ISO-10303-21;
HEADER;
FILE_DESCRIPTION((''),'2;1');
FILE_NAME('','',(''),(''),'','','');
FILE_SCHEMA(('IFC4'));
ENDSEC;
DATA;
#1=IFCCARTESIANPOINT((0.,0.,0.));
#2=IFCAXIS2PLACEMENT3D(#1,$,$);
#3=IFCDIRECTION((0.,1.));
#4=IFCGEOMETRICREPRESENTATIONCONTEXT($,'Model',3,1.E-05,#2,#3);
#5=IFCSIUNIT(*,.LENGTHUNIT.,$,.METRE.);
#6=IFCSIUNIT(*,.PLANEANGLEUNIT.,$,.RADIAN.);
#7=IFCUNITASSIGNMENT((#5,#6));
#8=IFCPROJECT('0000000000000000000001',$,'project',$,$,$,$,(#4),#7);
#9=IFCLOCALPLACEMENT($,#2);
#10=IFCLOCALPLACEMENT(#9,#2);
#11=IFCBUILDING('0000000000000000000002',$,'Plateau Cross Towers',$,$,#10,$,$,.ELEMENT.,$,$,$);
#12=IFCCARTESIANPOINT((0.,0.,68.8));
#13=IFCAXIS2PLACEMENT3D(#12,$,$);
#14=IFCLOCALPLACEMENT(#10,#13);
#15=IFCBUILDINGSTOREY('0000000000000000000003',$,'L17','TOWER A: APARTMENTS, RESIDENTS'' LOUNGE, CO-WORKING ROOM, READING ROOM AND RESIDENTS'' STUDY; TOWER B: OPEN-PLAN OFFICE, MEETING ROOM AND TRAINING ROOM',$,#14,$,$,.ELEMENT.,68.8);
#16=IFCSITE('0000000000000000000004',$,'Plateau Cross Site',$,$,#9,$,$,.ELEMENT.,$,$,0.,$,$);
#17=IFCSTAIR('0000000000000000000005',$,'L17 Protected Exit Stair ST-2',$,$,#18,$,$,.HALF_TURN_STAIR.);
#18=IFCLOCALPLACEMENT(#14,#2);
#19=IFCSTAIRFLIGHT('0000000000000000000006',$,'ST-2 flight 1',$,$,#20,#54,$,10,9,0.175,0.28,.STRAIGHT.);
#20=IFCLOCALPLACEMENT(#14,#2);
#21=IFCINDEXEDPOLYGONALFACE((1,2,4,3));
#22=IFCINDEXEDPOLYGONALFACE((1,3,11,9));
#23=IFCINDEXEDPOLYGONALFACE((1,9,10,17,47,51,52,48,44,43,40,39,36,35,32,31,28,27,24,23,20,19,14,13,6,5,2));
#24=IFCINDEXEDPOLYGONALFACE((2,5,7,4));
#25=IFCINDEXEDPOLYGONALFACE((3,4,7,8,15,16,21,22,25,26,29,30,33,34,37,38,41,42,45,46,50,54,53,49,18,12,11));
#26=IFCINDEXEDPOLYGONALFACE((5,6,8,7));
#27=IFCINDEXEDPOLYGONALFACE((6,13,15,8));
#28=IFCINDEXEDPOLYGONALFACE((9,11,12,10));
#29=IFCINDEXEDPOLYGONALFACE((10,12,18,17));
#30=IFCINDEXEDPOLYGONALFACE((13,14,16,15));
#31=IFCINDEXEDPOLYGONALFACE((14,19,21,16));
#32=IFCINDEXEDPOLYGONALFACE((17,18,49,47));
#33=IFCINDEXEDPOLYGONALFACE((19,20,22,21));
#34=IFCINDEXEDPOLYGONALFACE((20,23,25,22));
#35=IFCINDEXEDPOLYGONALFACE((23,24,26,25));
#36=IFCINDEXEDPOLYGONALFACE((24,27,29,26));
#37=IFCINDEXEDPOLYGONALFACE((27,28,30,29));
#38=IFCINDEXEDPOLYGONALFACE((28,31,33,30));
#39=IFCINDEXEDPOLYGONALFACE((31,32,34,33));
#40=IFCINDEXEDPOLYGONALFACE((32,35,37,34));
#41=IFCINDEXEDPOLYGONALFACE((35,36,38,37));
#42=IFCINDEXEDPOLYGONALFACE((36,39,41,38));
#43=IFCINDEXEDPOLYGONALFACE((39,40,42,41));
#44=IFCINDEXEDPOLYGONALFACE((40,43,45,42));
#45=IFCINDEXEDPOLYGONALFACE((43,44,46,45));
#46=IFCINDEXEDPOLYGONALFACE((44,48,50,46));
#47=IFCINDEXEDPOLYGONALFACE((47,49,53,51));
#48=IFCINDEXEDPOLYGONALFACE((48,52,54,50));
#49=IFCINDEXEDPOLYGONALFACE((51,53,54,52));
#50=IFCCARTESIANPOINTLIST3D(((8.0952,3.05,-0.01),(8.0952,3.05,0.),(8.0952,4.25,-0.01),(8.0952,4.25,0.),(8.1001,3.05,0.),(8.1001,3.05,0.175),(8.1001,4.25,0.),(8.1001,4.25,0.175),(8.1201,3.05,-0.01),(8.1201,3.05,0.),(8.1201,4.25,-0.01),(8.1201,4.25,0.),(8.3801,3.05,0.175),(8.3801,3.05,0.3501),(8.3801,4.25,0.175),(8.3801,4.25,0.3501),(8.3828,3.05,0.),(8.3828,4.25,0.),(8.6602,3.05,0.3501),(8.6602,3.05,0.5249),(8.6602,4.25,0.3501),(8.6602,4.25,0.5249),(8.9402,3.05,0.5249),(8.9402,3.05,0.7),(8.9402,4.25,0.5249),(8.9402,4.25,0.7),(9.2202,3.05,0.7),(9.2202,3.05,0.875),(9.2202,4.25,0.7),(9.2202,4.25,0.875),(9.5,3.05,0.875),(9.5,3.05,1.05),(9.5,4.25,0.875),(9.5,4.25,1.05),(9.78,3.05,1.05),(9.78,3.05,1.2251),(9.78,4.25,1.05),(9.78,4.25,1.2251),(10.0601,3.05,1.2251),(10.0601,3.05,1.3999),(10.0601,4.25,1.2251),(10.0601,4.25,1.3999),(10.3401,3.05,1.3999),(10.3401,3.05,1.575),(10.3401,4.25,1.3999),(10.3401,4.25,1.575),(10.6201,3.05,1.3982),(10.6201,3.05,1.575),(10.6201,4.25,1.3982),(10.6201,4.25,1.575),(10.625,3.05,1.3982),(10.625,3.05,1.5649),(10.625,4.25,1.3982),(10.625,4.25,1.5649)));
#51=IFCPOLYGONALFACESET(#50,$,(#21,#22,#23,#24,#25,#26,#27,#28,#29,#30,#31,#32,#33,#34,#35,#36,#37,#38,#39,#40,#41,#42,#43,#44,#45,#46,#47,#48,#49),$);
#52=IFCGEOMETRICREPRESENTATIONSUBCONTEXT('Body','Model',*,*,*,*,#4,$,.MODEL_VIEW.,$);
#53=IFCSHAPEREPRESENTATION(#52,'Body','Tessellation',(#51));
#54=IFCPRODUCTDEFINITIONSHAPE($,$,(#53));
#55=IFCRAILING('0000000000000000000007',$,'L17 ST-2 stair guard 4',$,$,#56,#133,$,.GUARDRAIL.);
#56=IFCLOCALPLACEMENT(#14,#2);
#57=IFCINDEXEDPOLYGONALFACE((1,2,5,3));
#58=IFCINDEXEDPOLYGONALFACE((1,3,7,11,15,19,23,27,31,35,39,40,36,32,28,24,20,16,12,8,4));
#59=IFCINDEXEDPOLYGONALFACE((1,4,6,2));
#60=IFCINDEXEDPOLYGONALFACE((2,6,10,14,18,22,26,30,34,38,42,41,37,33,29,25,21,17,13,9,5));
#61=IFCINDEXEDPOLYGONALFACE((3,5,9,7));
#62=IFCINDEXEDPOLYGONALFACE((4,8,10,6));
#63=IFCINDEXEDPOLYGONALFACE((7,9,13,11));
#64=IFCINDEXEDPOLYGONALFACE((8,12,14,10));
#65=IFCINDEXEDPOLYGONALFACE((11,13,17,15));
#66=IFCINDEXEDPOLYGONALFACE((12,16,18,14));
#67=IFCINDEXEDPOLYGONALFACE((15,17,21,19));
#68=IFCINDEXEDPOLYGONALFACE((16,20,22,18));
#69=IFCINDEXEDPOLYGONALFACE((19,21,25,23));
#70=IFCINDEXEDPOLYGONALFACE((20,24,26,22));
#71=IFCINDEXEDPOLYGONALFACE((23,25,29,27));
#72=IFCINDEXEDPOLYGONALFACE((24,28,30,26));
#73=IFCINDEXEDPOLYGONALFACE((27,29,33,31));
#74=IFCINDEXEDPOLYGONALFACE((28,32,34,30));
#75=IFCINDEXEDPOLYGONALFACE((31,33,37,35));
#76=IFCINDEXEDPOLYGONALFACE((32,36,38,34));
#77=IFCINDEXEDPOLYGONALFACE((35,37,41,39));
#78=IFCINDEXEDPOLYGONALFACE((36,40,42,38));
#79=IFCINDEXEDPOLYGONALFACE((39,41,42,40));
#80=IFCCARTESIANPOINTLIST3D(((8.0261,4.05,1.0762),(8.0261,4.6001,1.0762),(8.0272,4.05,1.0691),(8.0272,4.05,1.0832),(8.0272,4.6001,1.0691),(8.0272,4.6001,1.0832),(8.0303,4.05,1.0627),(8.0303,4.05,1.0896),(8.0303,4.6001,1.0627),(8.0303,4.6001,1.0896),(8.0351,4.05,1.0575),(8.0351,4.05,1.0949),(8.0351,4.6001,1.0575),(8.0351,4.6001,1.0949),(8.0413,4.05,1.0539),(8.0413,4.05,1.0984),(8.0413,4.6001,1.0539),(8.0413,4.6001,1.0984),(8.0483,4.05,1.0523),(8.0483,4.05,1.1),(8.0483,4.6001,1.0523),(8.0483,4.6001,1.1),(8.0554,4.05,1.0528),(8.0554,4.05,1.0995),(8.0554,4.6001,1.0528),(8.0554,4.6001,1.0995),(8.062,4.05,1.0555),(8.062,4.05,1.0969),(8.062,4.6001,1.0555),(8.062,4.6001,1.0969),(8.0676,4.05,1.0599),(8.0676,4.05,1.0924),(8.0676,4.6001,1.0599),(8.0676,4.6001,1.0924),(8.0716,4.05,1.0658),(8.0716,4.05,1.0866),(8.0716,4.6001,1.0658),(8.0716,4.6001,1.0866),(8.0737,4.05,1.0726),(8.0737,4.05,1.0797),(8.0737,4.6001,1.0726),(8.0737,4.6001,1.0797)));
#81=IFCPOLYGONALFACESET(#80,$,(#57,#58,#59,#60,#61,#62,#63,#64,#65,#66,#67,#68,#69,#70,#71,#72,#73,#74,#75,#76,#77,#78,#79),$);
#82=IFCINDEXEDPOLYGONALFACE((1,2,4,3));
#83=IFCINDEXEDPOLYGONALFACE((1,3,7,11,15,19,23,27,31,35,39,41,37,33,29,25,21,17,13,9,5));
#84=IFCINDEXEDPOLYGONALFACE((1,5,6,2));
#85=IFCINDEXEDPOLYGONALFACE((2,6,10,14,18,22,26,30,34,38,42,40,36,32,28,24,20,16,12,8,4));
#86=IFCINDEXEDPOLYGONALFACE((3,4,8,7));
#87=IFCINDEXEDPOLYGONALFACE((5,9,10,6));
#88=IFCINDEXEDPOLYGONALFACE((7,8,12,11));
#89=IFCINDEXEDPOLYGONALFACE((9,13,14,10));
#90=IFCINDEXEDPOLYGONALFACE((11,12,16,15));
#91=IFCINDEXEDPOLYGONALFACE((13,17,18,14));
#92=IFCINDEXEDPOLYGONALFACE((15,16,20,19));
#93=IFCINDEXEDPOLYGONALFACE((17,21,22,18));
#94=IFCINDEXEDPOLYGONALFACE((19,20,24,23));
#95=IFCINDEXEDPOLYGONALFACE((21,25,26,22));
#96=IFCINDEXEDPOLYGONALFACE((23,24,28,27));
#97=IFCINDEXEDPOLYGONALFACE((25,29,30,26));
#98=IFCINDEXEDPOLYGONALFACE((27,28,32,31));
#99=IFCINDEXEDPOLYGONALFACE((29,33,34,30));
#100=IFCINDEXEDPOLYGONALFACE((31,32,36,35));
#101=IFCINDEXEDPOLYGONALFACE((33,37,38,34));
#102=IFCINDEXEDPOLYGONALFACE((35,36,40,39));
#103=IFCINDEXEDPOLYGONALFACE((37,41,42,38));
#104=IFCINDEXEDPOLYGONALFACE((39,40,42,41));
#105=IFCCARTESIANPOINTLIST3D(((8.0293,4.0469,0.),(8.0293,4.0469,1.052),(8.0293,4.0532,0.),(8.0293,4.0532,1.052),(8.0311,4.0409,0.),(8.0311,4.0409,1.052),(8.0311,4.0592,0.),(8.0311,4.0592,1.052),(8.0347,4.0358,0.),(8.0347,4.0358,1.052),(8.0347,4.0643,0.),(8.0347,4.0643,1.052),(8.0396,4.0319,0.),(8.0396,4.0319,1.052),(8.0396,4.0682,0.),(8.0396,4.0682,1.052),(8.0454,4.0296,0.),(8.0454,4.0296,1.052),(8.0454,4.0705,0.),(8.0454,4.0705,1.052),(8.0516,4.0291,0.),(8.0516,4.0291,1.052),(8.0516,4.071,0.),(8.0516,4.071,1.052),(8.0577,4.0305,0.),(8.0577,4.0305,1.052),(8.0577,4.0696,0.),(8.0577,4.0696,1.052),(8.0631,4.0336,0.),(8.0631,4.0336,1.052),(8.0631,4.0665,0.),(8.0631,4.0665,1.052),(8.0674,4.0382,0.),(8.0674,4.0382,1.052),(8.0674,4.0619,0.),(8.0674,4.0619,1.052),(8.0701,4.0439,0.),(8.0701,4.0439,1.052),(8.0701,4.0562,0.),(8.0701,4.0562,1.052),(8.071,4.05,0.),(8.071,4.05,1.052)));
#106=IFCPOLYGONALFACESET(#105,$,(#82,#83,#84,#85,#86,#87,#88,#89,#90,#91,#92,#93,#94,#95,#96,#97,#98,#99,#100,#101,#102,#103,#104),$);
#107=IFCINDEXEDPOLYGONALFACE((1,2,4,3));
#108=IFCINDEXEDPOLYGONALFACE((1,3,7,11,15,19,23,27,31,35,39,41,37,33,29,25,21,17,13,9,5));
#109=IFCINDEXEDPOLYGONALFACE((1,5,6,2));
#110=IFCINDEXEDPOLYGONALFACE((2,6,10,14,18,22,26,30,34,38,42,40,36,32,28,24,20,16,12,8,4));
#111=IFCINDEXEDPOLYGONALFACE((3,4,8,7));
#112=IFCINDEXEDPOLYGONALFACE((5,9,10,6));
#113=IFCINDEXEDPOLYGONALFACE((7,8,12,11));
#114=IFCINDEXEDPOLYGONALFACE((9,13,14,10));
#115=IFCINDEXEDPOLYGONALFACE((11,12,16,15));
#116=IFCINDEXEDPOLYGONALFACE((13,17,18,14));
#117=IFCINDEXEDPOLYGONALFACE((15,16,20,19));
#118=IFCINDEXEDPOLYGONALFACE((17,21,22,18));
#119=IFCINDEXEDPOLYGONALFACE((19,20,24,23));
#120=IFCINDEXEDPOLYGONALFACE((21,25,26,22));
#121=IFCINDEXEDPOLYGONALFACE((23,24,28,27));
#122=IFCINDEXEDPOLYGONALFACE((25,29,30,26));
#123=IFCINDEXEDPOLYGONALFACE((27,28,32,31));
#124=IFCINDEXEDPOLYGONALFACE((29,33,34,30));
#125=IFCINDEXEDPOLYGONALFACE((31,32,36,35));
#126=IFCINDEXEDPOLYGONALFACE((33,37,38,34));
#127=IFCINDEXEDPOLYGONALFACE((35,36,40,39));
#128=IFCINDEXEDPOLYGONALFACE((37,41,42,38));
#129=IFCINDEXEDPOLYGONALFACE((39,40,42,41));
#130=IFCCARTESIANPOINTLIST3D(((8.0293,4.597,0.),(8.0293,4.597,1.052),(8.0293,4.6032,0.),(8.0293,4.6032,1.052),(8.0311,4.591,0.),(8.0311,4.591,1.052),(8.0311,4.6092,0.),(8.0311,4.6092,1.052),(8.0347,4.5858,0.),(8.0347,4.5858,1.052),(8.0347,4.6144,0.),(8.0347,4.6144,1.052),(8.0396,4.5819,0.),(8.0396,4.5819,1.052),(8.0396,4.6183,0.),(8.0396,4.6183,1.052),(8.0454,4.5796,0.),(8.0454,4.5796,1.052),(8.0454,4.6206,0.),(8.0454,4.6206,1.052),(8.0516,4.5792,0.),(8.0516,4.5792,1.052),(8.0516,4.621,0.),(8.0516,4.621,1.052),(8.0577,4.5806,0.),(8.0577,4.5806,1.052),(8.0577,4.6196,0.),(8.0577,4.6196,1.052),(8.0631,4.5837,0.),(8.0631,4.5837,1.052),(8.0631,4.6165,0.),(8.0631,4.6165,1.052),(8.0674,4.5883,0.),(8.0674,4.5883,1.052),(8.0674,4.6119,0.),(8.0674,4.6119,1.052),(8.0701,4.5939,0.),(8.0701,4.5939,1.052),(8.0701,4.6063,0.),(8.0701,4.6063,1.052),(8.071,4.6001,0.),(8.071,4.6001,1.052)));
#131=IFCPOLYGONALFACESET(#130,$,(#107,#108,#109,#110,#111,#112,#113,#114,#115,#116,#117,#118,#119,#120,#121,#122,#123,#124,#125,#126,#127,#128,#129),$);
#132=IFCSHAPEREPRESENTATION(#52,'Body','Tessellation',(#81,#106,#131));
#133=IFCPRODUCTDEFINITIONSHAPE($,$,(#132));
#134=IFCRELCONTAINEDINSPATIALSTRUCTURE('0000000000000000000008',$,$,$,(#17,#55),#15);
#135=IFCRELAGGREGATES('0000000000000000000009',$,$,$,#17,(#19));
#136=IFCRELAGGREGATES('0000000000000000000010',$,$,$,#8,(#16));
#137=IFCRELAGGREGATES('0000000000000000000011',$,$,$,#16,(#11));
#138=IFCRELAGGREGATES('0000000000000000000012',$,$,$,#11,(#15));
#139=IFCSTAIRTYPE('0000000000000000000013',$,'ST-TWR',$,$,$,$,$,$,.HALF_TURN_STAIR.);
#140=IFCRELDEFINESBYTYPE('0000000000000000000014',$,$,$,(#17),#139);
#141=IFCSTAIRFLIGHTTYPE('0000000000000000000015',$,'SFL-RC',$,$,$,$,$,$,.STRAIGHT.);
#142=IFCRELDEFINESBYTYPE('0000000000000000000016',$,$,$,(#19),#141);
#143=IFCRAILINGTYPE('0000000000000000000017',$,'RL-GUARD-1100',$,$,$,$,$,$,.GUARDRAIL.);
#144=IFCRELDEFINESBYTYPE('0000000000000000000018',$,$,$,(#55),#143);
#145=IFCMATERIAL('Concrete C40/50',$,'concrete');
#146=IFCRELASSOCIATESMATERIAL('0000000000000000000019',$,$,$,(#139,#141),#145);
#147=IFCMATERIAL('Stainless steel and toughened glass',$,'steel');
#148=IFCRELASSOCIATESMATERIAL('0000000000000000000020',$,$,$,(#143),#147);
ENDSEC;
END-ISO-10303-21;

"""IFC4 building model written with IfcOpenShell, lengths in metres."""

from ifc_helpers import new_model, si_unit, direction, frame, origin, origin_2d, place, context, subcontext, project, spatial, polyline, circle, outline, extrude, material, type_object, element, aggregate, save


model = new_model("IFC4")

# Units and contexts
model_context = context("Model", 3, precision=1e-05, world=origin(), true_north=direction((0.0, 1.0)))
body_context = subcontext(model_context, "Body", "Model", "MODEL_VIEW")
ifc_project = project(units=[si_unit("LENGTHUNIT", "METRE"), si_unit("PLANEANGLEUNIT", "RADIAN")], contexts=[model_context])

# Site, building, storey
site_placement = place(None, origin())
site = spatial("IfcSite", under=ifc_project, at=site_placement, Name="Plateau Cross Site", CompositionType="ELEMENT", RefElevation=0.0)
building_placement = place(site_placement, origin())
building = spatial("IfcBuilding", under=site, at=building_placement, Name="Plateau Cross Towers", CompositionType="ELEMENT")
storey_placement = place(building_placement, frame((0.0, 0.0, 68.8)))
storey = spatial("IfcBuildingStorey", under=building, at=storey_placement, Name="L17", Description="TOWER A: APARTMENTS, RESIDENTS' LOUNGE, CO-WORKING ROOM, READING ROOM AND RESIDENTS' STUDY; TOWER B: OPEN-PLAN OFFICE, MEETING ROOM AND TRAINING ROOM", CompositionType="ELEMENT", Elevation=68.8)

# Stair, stair flight
ifc_material_1 = material(Name="Concrete C40/50", Category="concrete")
stair_type = type_object("IfcStairType", Name="ST-TWR", PredefinedType="HALF_TURN_STAIR", material=ifc_material_1)
stair_placement = place(storey_placement, origin())
stair = element("IfcStair", 1, at=stair_placement, inside=storey, type_object=stair_type, Name="L17 Protected Exit Stair ST-2", PredefinedType="HALF_TURN_STAIR")
stair_flight_type = type_object("IfcStairFlightType", Name="SFL-RC", PredefinedType="STRAIGHT", material=ifc_material_1)
stair_flight_placement = place(storey_placement, frame((8.1001, 3.6499, 0.0), z_axis=(0.0, 0.0, 1.0), x_axis=(1.0, 0.0, 0.0)))
stair_flight = element("IfcStairFlight", 2, at=stair_flight_placement, type_object=stair_flight_type, Name="ST-2 flight 1", NumberOfRisers=10, NumberOfTreads=9, PredefinedType="STRAIGHT", RiserHeight=0.175, TreadLength=0.28, context=body_context, shape_type="SweptSolid", body=[
    extrude(outline(polyline([(-0.0049, -0.01), (-0.0049, 0.0), (0.0, 0.0), (0.0, 0.175), (0.28, 0.175), (0.28, 0.3501), (0.5601, 0.3501), (0.5601, 0.5249), (0.8401, 0.5249), (0.8401, 0.7), (1.1201, 0.7), (1.1201, 0.875), (1.3999, 0.875), (1.3999, 1.05), (1.6799, 1.05), (1.6799, 1.2251), (1.96, 1.2251), (1.96, 1.3999), (2.24, 1.3999), (2.24, 1.575), (2.52, 1.575), (2.5249, 1.5649), (2.5249, 1.3982), (2.52, 1.3982), (0.2827, 0.0), (0.02, 0.0), (0.02, -0.01), (-0.0049, -0.01)])), frame((0.0, 0.6001, 0.0), z_axis=(0.0, -1.0, 0.0), x_axis=(1.0, 0.0, 0.0)), (0.0, 0.0, 1.0), 1.2),
])
aggregate(stair, [stair_flight])

# Railing
ifc_material_2 = material(Name="Stainless steel and toughened glass", Category="steel")
railing_type_1 = type_object("IfcRailingType", Name="RL-GUARD-1100", PredefinedType="GUARDRAIL", material=ifc_material_2)
railing_1_placement = place(storey_placement, frame((8.05, 4.05, 0.0)))
element("IfcRailing", 3, at=railing_1_placement, inside=storey, type_object=railing_type_1, Name="L17 ST-2 stair guard 4", PredefinedType="GUARDRAIL", context=body_context, shape_type="SweptSolid", body=[
    extrude(circle(Radius=0.0239, at=origin_2d()), frame((0.0, 0.0, 1.0762), z_axis=(0.0, 1.0, 0.0), x_axis=(-1.0, 0.0, 0.0)), (0.0, 0.0, 1.0), 0.55),
    extrude(circle(Radius=0.021, at=origin_2d()), origin(), (0.0, 0.0, 1.0), 1.052),
    extrude(circle(Radius=0.021, at=origin_2d()), frame((0.0, 0.55, 0.0)), (0.0, 0.0, 1.0), 1.052),
])

save(model, "model.ifc")
